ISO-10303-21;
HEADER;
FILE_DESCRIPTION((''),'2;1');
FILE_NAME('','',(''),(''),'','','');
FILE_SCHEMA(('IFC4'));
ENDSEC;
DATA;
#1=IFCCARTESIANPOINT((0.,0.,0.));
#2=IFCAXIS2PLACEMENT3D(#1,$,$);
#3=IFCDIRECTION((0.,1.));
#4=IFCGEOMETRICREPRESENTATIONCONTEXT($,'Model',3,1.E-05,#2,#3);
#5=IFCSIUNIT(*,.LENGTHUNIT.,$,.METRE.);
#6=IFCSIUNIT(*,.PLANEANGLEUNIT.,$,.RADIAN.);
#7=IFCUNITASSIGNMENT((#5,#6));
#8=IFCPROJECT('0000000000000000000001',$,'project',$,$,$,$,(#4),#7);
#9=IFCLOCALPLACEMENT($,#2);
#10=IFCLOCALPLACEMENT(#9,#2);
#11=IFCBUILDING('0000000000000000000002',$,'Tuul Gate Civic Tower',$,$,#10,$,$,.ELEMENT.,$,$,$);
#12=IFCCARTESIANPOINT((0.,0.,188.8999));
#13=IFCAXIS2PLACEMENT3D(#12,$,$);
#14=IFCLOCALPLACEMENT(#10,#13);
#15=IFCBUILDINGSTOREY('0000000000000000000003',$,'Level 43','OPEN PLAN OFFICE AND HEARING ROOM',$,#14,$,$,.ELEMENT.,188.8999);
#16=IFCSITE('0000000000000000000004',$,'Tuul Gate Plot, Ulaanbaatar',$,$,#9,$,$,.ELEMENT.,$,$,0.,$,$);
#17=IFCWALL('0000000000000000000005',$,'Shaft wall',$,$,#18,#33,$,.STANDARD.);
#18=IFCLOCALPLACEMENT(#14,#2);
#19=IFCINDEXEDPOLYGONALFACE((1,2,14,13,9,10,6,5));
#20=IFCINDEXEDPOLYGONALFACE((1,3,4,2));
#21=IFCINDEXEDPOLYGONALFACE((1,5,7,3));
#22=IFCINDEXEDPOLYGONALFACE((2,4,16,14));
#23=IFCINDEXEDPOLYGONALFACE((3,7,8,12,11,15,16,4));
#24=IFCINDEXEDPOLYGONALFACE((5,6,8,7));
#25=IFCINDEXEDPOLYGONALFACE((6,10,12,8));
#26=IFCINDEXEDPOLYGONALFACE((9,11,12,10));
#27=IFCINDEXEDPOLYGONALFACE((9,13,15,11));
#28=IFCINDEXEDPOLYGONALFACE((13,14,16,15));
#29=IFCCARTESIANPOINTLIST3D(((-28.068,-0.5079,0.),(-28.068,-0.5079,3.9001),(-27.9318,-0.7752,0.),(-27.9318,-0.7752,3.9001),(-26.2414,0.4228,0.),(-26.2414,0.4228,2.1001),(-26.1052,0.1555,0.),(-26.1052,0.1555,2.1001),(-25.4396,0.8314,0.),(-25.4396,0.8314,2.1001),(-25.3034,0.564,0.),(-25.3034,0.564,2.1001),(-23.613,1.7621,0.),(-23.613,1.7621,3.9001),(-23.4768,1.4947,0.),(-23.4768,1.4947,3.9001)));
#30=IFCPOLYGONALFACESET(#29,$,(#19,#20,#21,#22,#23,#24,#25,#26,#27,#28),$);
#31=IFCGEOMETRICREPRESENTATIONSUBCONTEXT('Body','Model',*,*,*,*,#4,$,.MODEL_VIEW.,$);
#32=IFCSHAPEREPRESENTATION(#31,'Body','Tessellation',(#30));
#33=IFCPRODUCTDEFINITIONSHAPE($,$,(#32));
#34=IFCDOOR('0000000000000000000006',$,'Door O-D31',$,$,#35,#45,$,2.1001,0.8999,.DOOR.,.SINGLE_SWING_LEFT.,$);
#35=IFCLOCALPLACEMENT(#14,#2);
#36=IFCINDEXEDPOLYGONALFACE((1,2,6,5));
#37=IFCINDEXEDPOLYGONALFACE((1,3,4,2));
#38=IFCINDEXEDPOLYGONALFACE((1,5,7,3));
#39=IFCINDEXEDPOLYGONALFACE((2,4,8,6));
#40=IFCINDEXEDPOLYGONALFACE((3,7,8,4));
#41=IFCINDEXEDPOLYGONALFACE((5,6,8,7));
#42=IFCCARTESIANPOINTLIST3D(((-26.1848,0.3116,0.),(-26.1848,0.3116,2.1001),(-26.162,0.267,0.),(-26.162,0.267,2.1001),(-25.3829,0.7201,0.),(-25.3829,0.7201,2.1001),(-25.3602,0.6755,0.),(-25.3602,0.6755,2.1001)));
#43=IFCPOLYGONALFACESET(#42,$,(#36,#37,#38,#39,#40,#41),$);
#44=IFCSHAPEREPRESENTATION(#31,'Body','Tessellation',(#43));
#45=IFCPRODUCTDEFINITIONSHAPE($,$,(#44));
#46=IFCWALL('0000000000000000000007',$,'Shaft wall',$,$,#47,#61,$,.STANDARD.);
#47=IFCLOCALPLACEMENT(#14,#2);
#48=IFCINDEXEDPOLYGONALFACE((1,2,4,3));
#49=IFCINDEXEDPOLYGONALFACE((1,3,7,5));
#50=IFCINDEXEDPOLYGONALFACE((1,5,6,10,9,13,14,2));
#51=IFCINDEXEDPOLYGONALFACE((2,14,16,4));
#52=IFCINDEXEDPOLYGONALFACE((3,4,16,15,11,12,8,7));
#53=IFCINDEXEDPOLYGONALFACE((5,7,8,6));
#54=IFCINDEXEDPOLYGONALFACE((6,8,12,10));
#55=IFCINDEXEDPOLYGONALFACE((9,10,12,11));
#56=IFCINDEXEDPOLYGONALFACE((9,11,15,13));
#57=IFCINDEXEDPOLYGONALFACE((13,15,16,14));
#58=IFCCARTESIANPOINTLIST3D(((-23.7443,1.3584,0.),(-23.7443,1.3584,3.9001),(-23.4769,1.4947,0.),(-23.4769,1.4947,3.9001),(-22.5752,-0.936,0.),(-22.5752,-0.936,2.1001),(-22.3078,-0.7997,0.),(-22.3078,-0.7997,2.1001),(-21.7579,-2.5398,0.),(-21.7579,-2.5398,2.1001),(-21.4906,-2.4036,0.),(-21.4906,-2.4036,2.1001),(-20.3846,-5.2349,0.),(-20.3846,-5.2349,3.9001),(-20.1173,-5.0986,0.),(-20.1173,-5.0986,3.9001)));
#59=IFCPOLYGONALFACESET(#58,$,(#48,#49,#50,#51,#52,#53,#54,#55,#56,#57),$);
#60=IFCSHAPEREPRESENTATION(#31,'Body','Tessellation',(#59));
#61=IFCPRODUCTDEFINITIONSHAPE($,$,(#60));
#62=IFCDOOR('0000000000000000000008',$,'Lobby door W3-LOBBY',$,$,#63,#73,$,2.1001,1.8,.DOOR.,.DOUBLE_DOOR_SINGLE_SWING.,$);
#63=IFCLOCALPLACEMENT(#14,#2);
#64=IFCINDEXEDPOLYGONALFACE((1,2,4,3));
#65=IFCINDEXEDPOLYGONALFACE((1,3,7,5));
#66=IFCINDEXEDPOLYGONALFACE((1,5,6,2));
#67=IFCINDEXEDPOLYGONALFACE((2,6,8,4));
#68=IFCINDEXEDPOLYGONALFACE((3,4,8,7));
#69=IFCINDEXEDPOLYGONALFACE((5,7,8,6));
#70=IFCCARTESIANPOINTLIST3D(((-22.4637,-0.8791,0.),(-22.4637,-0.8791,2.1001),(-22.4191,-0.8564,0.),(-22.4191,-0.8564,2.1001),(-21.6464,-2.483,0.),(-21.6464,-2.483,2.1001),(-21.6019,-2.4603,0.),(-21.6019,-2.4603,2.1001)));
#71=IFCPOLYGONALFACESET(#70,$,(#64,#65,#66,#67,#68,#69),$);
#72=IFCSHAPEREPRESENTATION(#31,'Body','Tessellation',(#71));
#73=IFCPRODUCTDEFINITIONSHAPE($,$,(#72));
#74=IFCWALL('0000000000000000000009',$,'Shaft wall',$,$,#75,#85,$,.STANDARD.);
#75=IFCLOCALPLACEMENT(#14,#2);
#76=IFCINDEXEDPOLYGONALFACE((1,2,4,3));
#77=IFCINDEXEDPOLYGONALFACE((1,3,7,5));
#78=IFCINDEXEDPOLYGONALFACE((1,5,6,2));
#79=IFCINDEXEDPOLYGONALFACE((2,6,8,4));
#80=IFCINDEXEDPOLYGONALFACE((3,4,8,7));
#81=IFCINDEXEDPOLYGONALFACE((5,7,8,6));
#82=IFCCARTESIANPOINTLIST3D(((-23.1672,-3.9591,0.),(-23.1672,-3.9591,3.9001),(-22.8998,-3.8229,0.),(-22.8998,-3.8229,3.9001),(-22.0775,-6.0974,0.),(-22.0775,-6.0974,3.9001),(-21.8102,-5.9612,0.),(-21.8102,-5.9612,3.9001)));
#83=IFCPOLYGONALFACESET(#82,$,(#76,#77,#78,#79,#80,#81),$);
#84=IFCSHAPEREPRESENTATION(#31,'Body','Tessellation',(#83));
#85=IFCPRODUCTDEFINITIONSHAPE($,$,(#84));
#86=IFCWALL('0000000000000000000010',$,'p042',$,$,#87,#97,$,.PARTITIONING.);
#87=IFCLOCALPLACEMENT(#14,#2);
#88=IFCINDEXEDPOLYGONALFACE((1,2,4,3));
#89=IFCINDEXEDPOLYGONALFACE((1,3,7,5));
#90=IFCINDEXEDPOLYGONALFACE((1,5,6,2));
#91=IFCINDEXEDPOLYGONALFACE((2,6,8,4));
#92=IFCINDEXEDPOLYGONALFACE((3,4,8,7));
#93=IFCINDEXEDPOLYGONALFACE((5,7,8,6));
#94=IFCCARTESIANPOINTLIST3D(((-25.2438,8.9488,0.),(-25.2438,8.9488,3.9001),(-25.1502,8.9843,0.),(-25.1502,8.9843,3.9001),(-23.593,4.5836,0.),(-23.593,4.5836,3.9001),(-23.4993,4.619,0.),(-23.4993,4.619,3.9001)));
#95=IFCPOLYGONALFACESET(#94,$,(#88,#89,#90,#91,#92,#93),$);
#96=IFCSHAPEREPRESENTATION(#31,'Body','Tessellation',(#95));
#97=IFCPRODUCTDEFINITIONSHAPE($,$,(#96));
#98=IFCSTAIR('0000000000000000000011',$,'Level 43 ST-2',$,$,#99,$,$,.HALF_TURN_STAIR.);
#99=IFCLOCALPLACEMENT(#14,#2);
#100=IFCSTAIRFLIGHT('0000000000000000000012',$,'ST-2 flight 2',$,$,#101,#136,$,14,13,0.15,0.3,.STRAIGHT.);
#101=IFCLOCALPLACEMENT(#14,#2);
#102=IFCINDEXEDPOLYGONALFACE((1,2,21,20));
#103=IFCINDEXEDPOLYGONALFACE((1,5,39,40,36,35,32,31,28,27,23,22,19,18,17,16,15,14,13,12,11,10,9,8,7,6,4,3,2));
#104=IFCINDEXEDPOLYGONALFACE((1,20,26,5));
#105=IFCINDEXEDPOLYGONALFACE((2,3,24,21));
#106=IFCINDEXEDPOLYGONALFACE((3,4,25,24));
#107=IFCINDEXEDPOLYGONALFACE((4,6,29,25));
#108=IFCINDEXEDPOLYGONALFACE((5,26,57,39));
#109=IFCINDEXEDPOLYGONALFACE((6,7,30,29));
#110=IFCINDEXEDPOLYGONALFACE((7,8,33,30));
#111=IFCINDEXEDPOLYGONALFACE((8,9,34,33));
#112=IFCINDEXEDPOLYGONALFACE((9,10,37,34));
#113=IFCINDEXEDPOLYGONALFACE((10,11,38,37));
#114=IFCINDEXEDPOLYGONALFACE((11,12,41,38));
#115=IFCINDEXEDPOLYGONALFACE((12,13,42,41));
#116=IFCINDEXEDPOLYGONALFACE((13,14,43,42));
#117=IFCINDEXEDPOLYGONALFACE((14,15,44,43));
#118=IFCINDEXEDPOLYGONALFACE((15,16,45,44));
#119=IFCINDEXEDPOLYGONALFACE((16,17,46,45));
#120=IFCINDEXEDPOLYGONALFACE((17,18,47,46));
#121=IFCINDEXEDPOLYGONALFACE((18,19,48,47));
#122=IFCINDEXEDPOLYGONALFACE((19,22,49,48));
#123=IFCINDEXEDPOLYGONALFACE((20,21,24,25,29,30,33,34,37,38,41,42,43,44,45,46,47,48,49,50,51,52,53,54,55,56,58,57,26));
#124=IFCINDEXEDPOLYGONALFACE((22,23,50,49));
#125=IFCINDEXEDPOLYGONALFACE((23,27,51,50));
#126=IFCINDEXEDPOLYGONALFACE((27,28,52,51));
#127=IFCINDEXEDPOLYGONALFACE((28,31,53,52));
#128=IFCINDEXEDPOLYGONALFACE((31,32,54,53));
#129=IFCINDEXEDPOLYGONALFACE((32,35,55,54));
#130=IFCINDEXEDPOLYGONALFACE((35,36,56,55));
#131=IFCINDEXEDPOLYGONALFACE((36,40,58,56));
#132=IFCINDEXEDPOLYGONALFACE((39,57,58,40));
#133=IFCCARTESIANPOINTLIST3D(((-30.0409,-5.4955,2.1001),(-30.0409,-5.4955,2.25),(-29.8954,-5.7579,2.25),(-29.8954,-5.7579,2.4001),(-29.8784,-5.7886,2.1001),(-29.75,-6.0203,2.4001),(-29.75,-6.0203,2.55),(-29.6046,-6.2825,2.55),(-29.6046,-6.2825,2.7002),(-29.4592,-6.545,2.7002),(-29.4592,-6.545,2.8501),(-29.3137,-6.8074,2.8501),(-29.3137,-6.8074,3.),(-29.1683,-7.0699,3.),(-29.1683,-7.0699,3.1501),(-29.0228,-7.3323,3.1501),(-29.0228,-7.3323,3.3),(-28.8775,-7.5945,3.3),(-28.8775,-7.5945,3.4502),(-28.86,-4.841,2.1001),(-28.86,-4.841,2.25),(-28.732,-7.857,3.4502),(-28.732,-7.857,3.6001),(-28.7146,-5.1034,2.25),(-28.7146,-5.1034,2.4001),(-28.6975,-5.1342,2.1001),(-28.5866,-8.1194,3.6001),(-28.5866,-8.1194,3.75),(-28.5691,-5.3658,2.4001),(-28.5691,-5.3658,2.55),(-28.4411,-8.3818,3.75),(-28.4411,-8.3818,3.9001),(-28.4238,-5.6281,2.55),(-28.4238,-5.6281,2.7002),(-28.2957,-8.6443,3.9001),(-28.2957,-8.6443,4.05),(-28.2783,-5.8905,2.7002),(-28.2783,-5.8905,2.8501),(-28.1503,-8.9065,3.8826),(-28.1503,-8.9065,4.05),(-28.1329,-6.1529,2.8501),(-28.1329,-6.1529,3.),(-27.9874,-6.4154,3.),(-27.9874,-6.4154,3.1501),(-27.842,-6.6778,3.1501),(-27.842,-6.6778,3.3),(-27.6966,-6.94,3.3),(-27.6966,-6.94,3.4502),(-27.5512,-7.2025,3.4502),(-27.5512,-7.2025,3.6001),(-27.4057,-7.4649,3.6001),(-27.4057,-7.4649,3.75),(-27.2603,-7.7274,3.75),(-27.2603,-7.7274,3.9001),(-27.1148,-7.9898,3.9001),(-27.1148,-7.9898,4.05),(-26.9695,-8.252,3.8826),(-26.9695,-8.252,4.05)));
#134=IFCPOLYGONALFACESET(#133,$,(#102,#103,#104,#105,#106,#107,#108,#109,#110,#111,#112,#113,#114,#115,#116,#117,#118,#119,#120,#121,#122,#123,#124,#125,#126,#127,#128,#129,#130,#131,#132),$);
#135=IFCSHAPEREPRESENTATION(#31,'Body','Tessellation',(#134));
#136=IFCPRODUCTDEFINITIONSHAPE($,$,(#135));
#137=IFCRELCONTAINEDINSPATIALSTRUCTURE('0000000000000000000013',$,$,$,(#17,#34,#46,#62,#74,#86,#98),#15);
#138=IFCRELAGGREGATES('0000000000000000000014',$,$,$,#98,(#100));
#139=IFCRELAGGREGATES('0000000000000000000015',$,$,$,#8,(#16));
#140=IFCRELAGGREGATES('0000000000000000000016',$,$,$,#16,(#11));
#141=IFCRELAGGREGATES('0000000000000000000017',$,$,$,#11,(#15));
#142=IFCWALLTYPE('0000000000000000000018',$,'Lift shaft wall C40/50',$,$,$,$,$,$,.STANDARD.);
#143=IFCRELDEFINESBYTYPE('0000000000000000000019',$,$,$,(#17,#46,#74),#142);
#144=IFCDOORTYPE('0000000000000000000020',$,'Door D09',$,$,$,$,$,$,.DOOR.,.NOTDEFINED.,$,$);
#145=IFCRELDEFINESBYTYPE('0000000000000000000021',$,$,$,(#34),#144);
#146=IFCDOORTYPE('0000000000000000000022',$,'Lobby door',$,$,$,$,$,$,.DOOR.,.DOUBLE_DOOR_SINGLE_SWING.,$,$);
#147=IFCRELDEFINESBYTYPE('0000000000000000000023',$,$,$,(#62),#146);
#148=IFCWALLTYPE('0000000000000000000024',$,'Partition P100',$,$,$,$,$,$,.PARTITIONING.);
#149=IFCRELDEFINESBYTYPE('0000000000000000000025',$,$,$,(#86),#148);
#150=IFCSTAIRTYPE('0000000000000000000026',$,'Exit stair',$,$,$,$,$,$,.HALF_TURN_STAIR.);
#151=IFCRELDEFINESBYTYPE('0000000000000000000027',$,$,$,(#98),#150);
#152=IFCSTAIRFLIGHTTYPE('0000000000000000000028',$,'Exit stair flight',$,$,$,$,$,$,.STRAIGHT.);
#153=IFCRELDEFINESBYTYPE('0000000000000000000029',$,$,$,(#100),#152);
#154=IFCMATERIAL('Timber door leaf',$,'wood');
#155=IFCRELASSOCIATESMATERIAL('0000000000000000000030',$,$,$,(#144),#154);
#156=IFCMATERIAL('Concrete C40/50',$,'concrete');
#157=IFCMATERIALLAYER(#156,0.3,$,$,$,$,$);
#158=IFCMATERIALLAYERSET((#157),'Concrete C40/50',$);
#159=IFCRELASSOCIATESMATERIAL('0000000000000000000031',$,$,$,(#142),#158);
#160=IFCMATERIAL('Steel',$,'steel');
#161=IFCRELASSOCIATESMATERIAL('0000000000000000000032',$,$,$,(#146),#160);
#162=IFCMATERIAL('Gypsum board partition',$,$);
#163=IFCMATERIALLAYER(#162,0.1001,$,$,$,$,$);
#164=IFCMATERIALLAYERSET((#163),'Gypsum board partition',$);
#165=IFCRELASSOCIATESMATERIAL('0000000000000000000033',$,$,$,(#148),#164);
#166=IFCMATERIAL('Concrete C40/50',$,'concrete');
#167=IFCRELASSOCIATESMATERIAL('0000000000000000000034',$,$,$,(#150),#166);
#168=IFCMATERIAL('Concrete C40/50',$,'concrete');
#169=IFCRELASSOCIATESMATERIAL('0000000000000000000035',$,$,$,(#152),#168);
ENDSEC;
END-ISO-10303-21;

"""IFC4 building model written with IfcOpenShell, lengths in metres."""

from ifc_helpers import new_model, si_unit, direction, frame, frame_2d, origin, place, context, subcontext, project, spatial, polyline, rectangle, outline, extrude, material, layer, layer_set, type_object, element, fill, aggregate, save


model = new_model("IFC4")

# Units and contexts
model_context = context("Model", 3, precision=1e-05, world=origin(), true_north=direction((0.0, 1.0)))
body_context = subcontext(model_context, "Body", "Model", "MODEL_VIEW")
ifc_project = project(units=[si_unit("LENGTHUNIT", "METRE"), si_unit("PLANEANGLEUNIT", "RADIAN")], contexts=[model_context])

# Site, building, storey
site_placement = place(None, origin())
site = spatial("IfcSite", under=ifc_project, at=site_placement, Name="Tuul Gate Plot, Ulaanbaatar", CompositionType="ELEMENT", RefElevation=0.0)
building_placement = place(site_placement, origin())
building = spatial("IfcBuilding", under=site, at=building_placement, Name="Tuul Gate Civic Tower", CompositionType="ELEMENT")
storey_placement = place(building_placement, frame((0.0, 0.0, 188.8999)))
storey = spatial("IfcBuildingStorey", under=building, at=storey_placement, Name="Level 43", Description="OPEN PLAN OFFICE AND HEARING ROOM", CompositionType="ELEMENT", Elevation=188.8999)

# Shared definitions
ifc_material_1 = material(Name="Timber door leaf", Category="wood")
door_type_1 = type_object("IfcDoorType", Name="Door D09", OperationType="NOTDEFINED", PredefinedType="DOOR", material=ifc_material_1)

# Shared definitions
ifc_material_2 = material(Name="Concrete C40/50", Category="concrete")
ifc_layer_1 = layer(ifc_material_2, 0.3)
ifc_layer_set_1 = layer_set([ifc_layer_1], Name="Concrete C40/50")
wall_type_1 = type_object("IfcWallType", Name="Lift shaft wall C40/50", PredefinedType="STANDARD", material=ifc_layer_set_1)

# Walls, openings, doors
wall_1_placement = place(storey_placement, frame((-23.5449, 1.6284, 0.0), z_axis=(0.0, 0.0, 1.0), x_axis=(-0.891003, -0.453997, 0.0)))
wall_1 = element("IfcWall", 1, at=wall_1_placement, inside=storey, type_object=wall_type_1, Name="Shaft wall", PredefinedType="STANDARD", context=body_context, shape_type="SweptSolid", body=[
    extrude(rectangle(XDim=5.0, YDim=0.3, at=frame_2d((2.5, 0.0))), origin(), (0.0, 0.0, 1.0), 3.9001),
])
opening_1_placement = place(wall_1_placement, frame((2.05, 0.0, 0.0)))
opening_1 = element("IfcOpeningElement", 2, at=opening_1_placement, cuts=wall_1, PredefinedType="OPENING", context=body_context, shape_type="SweptSolid", body=[
    extrude(rectangle(XDim=0.8999, YDim=2.1001, at=frame_2d((0.45, 1.05))), frame((0.0, 0.1602, 0.0), z_axis=(0.0, -1.0, 0.0), x_axis=(1.0, 0.0, 0.0)), (0.0, 0.0, 1.0), 0.3201),
])
door_1_placement = place(opening_1_placement, origin())
door_1 = element("IfcDoor", 3, at=door_1_placement, inside=storey, type_object=door_type_1, Name="Door O-D31", OperationType="SINGLE_SWING_LEFT", OverallHeight=2.1001, OverallWidth=0.8999, PredefinedType="DOOR", context=body_context, shape_type="SweptSolid", body=[
    extrude(rectangle(XDim=0.8999, YDim=2.1001, at=frame_2d((0.45, 1.05))), frame((0.0, 0.0249, 0.0), z_axis=(0.0, -1.0, 0.0), x_axis=(1.0, 0.0, 0.0)), (0.0, 0.0, 1.0), 0.05),
])
fill(opening_1, door_1)
wall_2_placement = place(storey_placement, frame((-20.251, -5.1667, 0.0), z_axis=(0.0, 0.0, 1.0), x_axis=(-0.45401, 0.890996, 0.0)))
wall_2 = element("IfcWall", 4, at=wall_2_placement, inside=storey, type_object=wall_type_1, Name="Shaft wall", PredefinedType="STANDARD", context=body_context, shape_type="SweptSolid", body=[
    extrude(rectangle(XDim=7.3999, YDim=0.3, at=frame_2d((3.7, 0.0))), origin(), (0.0, 0.0, 1.0), 3.9001),
])
opening_2_placement = place(wall_2_placement, frame((3.0249, 0.0, 0.0)))
opening_2 = element("IfcOpeningElement", 5, at=opening_2_placement, cuts=wall_2, PredefinedType="OPENING", context=body_context, shape_type="SweptSolid", body=[
    extrude(rectangle(XDim=1.8, YDim=2.1001, at=frame_2d((0.8999, 1.05))), frame((0.0, 0.1602, 0.0), z_axis=(0.0, -1.0, 0.0), x_axis=(1.0, 0.0, 0.0)), (0.0, 0.0, 1.0), 0.3201),
])
ifc_material_3 = material(Name="Steel", Category="steel")
door_type_2 = type_object("IfcDoorType", Name="Lobby door", OperationType="DOUBLE_DOOR_SINGLE_SWING", PredefinedType="DOOR", material=ifc_material_3)
door_2_placement = place(opening_2_placement, origin())
door_2 = element("IfcDoor", 6, at=door_2_placement, inside=storey, type_object=door_type_2, Name="Lobby door W3-LOBBY", OperationType="DOUBLE_DOOR_SINGLE_SWING", OverallHeight=2.1001, OverallWidth=1.8, PredefinedType="DOOR", context=body_context, shape_type="SweptSolid", body=[
    extrude(rectangle(XDim=1.8, YDim=2.1001, at=frame_2d((0.8999, 1.05))), frame((0.0, 0.0249, 0.0), z_axis=(0.0, -1.0, 0.0), x_axis=(1.0, 0.0, 0.0)), (0.0, 0.0, 1.0), 0.05),
])
fill(opening_2, door_2)

# Walls
wall_3_placement = place(storey_placement, frame((-21.9438, -6.0293, 0.0), z_axis=(0.0, 0.0, 1.0), x_axis=(-0.454037, 0.890983, 0.0)))
element("IfcWall", 7, at=wall_3_placement, inside=storey, type_object=wall_type_1, Name="Shaft wall", PredefinedType="STANDARD", context=body_context, shape_type="SweptSolid", body=[
    extrude(rectangle(XDim=2.3999, YDim=0.3, at=frame_2d((1.2, 0.0))), origin(), (0.0, 0.0, 1.0), 3.9001),
])
ifc_material_4 = material(Name="Gypsum board partition")
ifc_layer_2 = layer(ifc_material_4, 0.1001)
ifc_layer_set_2 = layer_set([ifc_layer_2], Name="Gypsum board partition")
wall_type_2 = type_object("IfcWallType", Name="Partition P100", PredefinedType="PARTITIONING", material=ifc_layer_set_2)
wall_4_placement = place(storey_placement, frame((-25.197, 8.9666, 0.0), z_axis=(0.0, 0.0, 1.0), x_axis=(0.353736, -0.935345, 0.0)))
element("IfcWall", 8, at=wall_4_placement, inside=storey, type_object=wall_type_2, Name="p042", PredefinedType="PARTITIONING", context=body_context, shape_type="SweptSolid", body=[
    extrude(rectangle(XDim=4.667, YDim=0.1001, at=frame_2d((2.3335, 0.0))), origin(), (0.0, 0.0, 1.0), 3.9001),
])

# Stair, stair flight
ifc_material_5 = material(Name="Concrete C40/50", Category="concrete")
stair_type = type_object("IfcStairType", Name="Exit stair", PredefinedType="HALF_TURN_STAIR", material=ifc_material_5)
stair_placement = place(storey_placement, origin())
stair = element("IfcStair", 9, at=stair_placement, inside=storey, type_object=stair_type, Name="Level 43 ST-2", PredefinedType="HALF_TURN_STAIR")
ifc_material_6 = material(Name="Concrete C40/50", Category="concrete")
stair_flight_type = type_object("IfcStairFlightType", Name="Exit stair flight", PredefinedType="STRAIGHT", material=ifc_material_6)
stair_flight_placement = place(storey_placement, frame((-29.4504, -5.1682, 2.1001), z_axis=(0.0, 0.0, 1.0), x_axis=(0.484762, -0.874646, 0.0)))
stair_flight = element("IfcStairFlight", 10, at=stair_flight_placement, type_object=stair_flight_type, Name="ST-2 flight 2", NumberOfRisers=14, NumberOfTreads=13, PredefinedType="STRAIGHT", RiserHeight=0.15, TreadLength=0.3, context=body_context, shape_type="SweptSolid", body=[
    extrude(outline(polyline([(0.0, 0.0), (0.0, 0.1499), (0.3, 0.1499), (0.3, 0.3), (0.6001, 0.3), (0.6001, 0.45), (0.8999, 0.45), (0.8999, 0.6001), (1.2, 0.6001), (1.2, 0.75), (1.5, 0.75), (1.5, 0.8999), (1.8, 0.8999), (1.8, 1.05), (2.1001, 1.05), (2.1001, 1.2), (2.3999, 1.2), (2.3999, 1.3501), (2.7, 1.3501), (2.7, 1.5), (3.0, 1.5), (3.0, 1.6499), (3.3, 1.6499), (3.3, 1.8), (3.6001, 1.8), (3.6001, 1.95), (3.8999, 1.95), (3.8999, 2.1001), (3.8999, 1.7825), (0.3352, 0.0), (0.0, 0.0)])), frame((0.0, 0.675, 0.0), z_axis=(0.0, -1.0, 0.0), x_axis=(1.0, 0.0, 0.0)), (0.0, 0.0, 1.0), 1.3501),
])
aggregate(stair, [stair_flight])

save(model, "model.ifc")
